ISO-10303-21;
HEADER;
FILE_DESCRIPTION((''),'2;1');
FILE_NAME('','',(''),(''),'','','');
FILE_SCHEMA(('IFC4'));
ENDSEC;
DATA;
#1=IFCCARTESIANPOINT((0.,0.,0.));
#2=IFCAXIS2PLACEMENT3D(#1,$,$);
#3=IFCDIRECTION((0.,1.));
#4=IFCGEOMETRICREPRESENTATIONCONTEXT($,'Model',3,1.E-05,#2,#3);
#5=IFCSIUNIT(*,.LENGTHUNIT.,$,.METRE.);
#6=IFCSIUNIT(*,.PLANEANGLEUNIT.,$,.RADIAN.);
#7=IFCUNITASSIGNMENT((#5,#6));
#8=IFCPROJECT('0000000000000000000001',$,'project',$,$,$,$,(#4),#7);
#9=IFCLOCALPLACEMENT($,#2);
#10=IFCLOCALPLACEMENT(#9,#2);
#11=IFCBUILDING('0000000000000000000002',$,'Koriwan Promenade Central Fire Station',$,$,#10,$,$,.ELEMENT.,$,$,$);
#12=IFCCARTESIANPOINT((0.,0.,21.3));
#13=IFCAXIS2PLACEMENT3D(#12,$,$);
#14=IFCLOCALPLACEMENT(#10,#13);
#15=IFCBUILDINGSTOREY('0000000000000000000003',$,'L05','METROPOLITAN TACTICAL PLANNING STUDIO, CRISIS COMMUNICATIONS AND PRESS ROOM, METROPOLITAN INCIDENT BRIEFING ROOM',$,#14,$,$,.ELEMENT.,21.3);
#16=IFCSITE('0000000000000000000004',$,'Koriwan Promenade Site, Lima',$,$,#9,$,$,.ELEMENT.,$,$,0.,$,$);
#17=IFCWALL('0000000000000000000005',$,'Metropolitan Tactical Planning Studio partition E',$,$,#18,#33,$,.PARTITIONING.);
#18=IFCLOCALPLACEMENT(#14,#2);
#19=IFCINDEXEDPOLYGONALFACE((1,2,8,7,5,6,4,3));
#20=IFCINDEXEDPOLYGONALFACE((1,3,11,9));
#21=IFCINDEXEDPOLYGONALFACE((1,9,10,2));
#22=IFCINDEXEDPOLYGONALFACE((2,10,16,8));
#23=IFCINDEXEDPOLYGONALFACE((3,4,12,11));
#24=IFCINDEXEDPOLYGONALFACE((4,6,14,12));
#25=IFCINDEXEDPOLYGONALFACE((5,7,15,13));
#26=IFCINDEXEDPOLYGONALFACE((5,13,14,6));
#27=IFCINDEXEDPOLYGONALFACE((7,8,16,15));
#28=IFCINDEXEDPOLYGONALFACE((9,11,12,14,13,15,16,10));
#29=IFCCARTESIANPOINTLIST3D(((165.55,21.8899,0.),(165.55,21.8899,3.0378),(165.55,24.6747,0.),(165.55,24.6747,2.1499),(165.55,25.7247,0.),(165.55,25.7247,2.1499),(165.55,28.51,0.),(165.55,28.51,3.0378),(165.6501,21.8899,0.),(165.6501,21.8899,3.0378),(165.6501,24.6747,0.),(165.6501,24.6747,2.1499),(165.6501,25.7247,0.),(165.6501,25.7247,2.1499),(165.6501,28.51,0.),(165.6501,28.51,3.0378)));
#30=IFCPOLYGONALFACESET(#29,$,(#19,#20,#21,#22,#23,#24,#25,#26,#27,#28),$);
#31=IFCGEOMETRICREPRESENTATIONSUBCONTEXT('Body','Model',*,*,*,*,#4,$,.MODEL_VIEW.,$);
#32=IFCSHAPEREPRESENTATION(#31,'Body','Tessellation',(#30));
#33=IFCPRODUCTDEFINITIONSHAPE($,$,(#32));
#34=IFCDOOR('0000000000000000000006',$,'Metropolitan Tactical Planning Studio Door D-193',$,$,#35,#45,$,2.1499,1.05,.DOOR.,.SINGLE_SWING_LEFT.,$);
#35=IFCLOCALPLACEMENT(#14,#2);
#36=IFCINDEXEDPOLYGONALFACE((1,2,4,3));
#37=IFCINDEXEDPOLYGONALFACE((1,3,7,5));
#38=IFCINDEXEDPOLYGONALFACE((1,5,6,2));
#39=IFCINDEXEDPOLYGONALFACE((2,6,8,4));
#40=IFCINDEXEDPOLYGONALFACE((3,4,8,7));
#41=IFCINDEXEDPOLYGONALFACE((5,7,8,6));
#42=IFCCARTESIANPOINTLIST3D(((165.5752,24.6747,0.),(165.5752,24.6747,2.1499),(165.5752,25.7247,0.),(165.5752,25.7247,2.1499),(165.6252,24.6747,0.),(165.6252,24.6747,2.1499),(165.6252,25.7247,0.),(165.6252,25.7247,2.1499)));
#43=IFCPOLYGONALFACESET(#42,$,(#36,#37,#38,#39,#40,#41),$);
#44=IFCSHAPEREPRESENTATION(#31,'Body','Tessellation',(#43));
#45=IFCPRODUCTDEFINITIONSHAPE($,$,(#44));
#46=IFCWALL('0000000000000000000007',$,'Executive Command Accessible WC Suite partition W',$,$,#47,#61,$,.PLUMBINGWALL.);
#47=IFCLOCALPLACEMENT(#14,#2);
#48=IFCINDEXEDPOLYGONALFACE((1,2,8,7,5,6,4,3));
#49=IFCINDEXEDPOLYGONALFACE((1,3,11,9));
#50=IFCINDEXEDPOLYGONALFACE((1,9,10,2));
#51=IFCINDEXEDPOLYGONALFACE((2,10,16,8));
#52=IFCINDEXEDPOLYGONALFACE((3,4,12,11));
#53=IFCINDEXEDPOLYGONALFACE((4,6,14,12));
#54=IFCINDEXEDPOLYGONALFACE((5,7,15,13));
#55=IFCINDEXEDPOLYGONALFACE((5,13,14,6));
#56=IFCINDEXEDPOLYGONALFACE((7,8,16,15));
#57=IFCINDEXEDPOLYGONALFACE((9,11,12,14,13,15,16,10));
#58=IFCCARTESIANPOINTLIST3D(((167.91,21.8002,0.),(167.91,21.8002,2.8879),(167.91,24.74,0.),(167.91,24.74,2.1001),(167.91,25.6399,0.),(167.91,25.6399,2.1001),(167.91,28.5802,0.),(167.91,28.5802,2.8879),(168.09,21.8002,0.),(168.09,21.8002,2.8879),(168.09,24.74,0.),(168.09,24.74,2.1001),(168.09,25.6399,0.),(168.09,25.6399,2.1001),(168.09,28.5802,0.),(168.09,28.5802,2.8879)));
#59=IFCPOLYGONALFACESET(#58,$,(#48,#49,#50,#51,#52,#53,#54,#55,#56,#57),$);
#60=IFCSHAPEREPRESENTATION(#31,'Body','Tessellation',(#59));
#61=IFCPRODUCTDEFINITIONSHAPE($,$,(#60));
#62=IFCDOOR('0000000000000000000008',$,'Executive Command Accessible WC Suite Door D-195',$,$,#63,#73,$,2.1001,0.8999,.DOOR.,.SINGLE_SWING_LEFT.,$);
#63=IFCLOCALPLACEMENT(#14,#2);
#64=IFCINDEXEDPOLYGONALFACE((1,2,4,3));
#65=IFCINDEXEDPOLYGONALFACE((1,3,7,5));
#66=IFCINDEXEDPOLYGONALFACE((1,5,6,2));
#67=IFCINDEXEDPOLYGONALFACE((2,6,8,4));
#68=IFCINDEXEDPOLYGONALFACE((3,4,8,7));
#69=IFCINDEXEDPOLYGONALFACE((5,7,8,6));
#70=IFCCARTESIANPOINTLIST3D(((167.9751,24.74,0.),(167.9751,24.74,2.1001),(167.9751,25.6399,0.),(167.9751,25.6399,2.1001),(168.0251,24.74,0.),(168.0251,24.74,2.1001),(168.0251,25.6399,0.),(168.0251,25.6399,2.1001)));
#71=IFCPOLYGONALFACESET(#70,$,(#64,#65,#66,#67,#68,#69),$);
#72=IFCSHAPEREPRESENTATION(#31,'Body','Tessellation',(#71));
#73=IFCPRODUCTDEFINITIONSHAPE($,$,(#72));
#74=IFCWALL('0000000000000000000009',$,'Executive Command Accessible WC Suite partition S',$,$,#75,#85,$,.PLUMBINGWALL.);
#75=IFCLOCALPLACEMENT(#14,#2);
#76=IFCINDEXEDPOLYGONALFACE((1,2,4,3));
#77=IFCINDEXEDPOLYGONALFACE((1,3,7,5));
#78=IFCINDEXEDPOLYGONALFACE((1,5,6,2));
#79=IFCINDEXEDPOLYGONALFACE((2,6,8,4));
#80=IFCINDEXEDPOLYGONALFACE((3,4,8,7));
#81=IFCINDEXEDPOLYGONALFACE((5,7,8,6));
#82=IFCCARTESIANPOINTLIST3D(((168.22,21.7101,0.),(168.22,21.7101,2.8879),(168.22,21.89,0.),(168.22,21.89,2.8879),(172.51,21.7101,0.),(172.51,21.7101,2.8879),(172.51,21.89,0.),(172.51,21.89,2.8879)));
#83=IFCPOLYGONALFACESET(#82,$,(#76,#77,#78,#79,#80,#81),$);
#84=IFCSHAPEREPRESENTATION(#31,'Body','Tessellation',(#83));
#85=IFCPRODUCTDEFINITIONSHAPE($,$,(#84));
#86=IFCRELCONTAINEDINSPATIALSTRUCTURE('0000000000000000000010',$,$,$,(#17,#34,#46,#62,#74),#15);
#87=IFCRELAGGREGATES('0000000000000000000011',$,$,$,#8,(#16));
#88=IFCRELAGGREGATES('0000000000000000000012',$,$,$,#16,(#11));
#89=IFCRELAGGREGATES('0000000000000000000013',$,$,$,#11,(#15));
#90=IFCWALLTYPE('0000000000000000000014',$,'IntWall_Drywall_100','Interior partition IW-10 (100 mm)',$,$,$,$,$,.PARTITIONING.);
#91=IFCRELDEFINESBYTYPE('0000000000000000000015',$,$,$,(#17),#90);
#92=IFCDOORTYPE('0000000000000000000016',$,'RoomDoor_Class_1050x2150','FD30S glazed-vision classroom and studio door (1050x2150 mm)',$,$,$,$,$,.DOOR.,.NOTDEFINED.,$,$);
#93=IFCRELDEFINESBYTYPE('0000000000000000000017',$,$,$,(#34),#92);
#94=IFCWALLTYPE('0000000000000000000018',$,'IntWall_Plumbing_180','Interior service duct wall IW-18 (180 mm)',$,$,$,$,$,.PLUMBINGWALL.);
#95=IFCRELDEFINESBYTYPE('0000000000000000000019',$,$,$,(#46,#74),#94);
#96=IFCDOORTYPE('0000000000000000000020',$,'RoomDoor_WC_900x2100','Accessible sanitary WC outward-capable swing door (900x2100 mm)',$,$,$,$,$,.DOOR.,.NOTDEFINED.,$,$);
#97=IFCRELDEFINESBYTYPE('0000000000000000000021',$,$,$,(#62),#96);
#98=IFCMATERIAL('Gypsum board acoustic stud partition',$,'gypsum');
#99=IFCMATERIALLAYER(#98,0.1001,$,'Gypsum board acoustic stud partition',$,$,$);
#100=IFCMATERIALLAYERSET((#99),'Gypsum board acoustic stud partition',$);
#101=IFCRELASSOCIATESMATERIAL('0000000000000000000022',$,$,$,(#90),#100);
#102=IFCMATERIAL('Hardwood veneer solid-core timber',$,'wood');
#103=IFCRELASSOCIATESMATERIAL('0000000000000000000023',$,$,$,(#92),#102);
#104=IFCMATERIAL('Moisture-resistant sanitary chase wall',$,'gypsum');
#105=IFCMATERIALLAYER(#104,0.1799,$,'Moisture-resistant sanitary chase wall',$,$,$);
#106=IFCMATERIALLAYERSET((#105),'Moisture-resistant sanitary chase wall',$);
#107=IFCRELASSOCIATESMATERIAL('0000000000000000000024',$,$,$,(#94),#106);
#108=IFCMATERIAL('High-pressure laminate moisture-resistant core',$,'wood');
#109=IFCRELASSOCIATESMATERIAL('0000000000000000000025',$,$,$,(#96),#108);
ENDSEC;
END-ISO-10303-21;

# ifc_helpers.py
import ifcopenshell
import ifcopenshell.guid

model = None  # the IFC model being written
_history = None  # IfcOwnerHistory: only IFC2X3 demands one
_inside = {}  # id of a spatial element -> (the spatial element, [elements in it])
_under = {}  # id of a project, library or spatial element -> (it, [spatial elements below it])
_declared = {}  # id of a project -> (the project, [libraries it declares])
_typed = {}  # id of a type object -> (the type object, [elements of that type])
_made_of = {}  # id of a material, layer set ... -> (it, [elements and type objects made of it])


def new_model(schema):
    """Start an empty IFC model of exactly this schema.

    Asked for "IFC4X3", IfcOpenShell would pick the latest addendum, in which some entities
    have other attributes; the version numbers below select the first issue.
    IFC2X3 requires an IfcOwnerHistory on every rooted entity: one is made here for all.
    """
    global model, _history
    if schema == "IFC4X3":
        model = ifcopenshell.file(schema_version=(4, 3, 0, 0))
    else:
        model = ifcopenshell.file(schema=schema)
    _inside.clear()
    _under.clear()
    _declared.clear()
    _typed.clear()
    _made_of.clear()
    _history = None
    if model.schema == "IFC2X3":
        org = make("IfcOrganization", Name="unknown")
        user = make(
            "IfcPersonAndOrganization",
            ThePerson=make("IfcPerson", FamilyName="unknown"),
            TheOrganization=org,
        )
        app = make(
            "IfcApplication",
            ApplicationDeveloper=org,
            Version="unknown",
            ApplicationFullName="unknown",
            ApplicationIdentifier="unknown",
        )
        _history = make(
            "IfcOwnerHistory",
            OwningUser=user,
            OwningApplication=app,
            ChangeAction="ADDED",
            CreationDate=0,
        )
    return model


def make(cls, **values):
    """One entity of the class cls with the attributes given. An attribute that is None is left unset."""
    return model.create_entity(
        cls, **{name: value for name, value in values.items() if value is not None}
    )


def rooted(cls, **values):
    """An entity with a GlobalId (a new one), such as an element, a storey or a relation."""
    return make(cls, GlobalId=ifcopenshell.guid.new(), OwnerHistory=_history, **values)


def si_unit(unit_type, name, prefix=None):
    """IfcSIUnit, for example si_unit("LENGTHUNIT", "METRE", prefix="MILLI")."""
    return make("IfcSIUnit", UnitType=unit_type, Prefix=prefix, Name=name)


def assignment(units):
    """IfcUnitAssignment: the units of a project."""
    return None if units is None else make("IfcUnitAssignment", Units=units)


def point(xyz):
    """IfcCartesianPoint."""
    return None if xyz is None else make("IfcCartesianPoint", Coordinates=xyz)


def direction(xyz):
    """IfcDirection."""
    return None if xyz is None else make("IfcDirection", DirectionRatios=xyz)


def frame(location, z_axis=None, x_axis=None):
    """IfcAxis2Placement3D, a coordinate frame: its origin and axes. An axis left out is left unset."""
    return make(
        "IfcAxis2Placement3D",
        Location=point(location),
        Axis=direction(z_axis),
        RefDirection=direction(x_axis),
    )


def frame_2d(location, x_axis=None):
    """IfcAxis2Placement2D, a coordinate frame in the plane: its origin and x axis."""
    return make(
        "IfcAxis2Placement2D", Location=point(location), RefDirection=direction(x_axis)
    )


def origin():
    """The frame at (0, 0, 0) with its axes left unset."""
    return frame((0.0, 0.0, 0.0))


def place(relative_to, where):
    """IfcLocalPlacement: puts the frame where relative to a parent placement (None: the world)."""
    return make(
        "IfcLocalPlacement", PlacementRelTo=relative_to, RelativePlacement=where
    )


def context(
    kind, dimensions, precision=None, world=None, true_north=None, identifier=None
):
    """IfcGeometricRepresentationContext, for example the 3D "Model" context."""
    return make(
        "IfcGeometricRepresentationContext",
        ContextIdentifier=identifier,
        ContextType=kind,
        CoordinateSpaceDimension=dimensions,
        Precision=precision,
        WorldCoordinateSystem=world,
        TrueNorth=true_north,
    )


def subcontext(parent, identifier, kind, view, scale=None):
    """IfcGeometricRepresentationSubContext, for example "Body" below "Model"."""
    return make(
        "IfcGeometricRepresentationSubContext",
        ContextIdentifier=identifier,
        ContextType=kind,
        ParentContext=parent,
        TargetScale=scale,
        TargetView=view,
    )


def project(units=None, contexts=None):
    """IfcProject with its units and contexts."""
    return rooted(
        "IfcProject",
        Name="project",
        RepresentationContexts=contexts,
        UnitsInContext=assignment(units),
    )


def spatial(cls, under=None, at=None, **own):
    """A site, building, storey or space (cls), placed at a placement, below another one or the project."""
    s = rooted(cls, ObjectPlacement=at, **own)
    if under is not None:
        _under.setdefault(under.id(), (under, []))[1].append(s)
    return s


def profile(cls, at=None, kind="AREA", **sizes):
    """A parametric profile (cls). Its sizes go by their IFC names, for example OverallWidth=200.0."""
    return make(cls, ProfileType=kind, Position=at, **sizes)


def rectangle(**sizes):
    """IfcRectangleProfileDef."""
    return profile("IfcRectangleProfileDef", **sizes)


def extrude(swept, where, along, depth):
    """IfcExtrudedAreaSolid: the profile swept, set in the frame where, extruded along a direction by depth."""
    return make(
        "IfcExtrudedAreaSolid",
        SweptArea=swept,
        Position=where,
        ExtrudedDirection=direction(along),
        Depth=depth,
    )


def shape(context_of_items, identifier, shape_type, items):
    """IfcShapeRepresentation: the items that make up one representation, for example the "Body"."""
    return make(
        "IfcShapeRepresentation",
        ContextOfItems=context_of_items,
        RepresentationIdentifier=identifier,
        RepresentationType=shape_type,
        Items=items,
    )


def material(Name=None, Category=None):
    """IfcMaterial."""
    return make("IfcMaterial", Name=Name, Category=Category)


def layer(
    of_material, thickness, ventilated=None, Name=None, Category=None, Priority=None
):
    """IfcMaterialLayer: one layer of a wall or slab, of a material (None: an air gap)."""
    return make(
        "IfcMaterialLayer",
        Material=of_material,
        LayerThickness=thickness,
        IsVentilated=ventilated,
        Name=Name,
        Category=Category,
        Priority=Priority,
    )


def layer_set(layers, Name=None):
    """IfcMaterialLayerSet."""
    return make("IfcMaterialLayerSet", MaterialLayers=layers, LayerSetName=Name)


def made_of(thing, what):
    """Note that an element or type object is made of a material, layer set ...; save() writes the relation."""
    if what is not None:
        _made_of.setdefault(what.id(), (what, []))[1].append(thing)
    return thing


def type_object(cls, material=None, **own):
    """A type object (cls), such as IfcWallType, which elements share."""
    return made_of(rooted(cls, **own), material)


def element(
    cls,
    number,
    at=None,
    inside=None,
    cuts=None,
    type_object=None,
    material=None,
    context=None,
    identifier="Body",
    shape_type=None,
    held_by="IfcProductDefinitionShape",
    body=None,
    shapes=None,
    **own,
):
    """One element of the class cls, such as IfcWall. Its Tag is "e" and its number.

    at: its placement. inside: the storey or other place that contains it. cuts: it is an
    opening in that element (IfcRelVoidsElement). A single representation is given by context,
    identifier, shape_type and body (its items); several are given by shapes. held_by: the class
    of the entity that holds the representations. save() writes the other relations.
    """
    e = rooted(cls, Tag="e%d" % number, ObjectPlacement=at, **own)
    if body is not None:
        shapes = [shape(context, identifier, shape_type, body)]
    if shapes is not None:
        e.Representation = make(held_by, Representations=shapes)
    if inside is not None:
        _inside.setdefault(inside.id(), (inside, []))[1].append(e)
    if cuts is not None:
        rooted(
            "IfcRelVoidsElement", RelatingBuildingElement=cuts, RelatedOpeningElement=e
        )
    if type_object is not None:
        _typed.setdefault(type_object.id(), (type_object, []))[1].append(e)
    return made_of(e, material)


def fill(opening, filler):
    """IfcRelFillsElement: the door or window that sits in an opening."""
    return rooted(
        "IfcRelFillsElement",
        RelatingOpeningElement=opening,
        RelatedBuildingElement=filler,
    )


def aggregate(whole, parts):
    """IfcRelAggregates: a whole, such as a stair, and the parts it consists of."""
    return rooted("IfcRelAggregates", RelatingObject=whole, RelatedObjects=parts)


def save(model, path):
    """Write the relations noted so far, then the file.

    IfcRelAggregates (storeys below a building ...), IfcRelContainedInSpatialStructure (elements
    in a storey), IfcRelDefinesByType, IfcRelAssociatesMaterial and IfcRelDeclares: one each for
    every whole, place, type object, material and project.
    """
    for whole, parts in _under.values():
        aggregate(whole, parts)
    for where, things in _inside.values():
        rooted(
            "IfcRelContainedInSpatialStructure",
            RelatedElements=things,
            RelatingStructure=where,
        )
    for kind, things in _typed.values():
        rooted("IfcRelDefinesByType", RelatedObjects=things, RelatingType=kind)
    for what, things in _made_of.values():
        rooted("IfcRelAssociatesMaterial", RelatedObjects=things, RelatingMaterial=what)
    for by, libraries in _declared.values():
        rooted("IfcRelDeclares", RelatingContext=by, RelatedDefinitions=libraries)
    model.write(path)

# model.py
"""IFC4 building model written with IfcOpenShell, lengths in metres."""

from ifc_helpers import new_model, si_unit, direction, frame, frame_2d, origin, place, context, subcontext, project, spatial, rectangle, extrude, material, layer, layer_set, type_object, element, fill, save


model = new_model("IFC4")

# Units and contexts
model_context = context("Model", 3, precision=1e-05, world=origin(), true_north=direction((0.0, 1.0)))
body_context = subcontext(model_context, "Body", "Model", "MODEL_VIEW")
ifc_project = project(units=[si_unit("LENGTHUNIT", "METRE"), si_unit("PLANEANGLEUNIT", "RADIAN")], contexts=[model_context])

# Site, building, storey
site_placement = place(None, origin())
site = spatial("IfcSite", under=ifc_project, at=site_placement, Name="Koriwan Promenade Site, Lima", CompositionType="ELEMENT", RefElevation=0.0)
building_placement = place(site_placement, origin())
building = spatial("IfcBuilding", under=site, at=building_placement, Name="Koriwan Promenade Central Fire Station", CompositionType="ELEMENT")
storey_placement = place(building_placement, frame((0.0, 0.0, 21.3)))
storey = spatial("IfcBuildingStorey", under=building, at=storey_placement, Name="L05", Description="METROPOLITAN TACTICAL PLANNING STUDIO, CRISIS COMMUNICATIONS AND PRESS ROOM, METROPOLITAN INCIDENT BRIEFING ROOM", CompositionType="ELEMENT", Elevation=21.3)

# Walls, openings, doors
ifc_material_1 = material(Name="Gypsum board acoustic stud partition", Category="gypsum")
ifc_layer_1 = layer(ifc_material_1, 0.1001, Name="Gypsum board acoustic stud partition")
ifc_layer_set_1 = layer_set([ifc_layer_1], Name="Gypsum board acoustic stud partition")
wall_type_1 = type_object("IfcWallType", Name="IntWall_Drywall_100", Description="Interior partition IW-10 (100 mm)", PredefinedType="PARTITIONING", material=ifc_layer_set_1)
wall_1_placement = place(storey_placement, frame((165.6001, 21.8899, 0.0), z_axis=(0.0, 0.0, 1.0), x_axis=(0.0, 1.0, 0.0)))
wall_1 = element("IfcWall", 1, at=wall_1_placement, inside=storey, type_object=wall_type_1, Name="Metropolitan Tactical Planning Studio partition E", PredefinedType="PARTITIONING", context=body_context, shape_type="SweptSolid", body=[
    extrude(rectangle(XDim=6.6201, YDim=0.1001, at=frame_2d((3.3101, 0.0))), origin(), (0.0, 0.0, 1.0), 3.0378),
])
opening_1_placement = place(wall_1_placement, frame((2.7849, 0.0, 0.0)))
opening_1 = element("IfcOpeningElement", 2, at=opening_1_placement, cuts=wall_1, PredefinedType="OPENING", context=body_context, shape_type="SweptSolid", body=[
    extrude(rectangle(XDim=1.05, YDim=2.1499, at=frame_2d((0.5249, 1.075))), frame((0.0, 0.062, 0.0), z_axis=(0.0, -1.0, 0.0), x_axis=(1.0, 0.0, 0.0)), (0.0, 0.0, 1.0), 0.124),
])
ifc_material_2 = material(Name="Hardwood veneer solid-core timber", Category="wood")
door_type_1 = type_object("IfcDoorType", Name="RoomDoor_Class_1050x2150", Description="FD30S glazed-vision classroom and studio door (1050x2150 mm)", OperationType="NOTDEFINED", PredefinedType="DOOR", material=ifc_material_2)
door_1_placement = place(opening_1_placement, origin())
door_1 = element("IfcDoor", 3, at=door_1_placement, inside=storey, type_object=door_type_1, Name="Metropolitan Tactical Planning Studio Door D-193", OperationType="SINGLE_SWING_LEFT", OverallHeight=2.1499, OverallWidth=1.05, PredefinedType="DOOR", context=body_context, shape_type="SweptSolid", body=[
    extrude(rectangle(XDim=1.05, YDim=2.1499, at=frame_2d((0.5249, 1.075))), frame((0.0, 0.0249, 0.0), z_axis=(0.0, -1.0, 0.0), x_axis=(1.0, 0.0, 0.0)), (0.0, 0.0, 1.0), 0.05),
])
fill(opening_1, door_1)
ifc_material_3 = material(Name="Moisture-resistant sanitary chase wall", Category="gypsum")
ifc_layer_2 = layer(ifc_material_3, 0.1799, Name="Moisture-resistant sanitary chase wall")
ifc_layer_set_2 = layer_set([ifc_layer_2], Name="Moisture-resistant sanitary chase wall")
wall_type_2 = type_object("IfcWallType", Name="IntWall_Plumbing_180", Description="Interior service duct wall IW-18 (180 mm)", PredefinedType="PLUMBINGWALL", material=ifc_layer_set_2)
wall_2_placement = place(storey_placement, frame((168.0, 21.8, 0.0), z_axis=(0.0, 0.0, 1.0), x_axis=(0.0, 1.0, 0.0)))
wall_2 = element("IfcWall", 4, at=wall_2_placement, inside=storey, type_object=wall_type_2, Name="Executive Command Accessible WC Suite partition W", PredefinedType="PLUMBINGWALL", context=body_context, shape_type="SweptSolid", body=[
    extrude(rectangle(XDim=6.78, YDim=0.1799, at=frame_2d((3.3901, 0.0))), origin(), (0.0, 0.0, 1.0), 2.8879),
])
opening_2_placement = place(wall_2_placement, frame((2.9399, 0.0, 0.0)))
opening_2 = element("IfcOpeningElement", 5, at=opening_2_placement, cuts=wall_2, PredefinedType="OPENING", context=body_context, shape_type="SweptSolid", body=[
    extrude(rectangle(XDim=0.8999, YDim=2.1001, at=frame_2d((0.45, 1.05))), frame((0.0, 0.1021, 0.0), z_axis=(0.0, -1.0, 0.0), x_axis=(1.0, 0.0, 0.0)), (0.0, 0.0, 1.0), 0.2039),
])
ifc_material_4 = material(Name="High-pressure laminate moisture-resistant core", Category="wood")
door_type_2 = type_object("IfcDoorType", Name="RoomDoor_WC_900x2100", Description="Accessible sanitary WC outward-capable swing door (900x2100 mm)", OperationType="NOTDEFINED", PredefinedType="DOOR", material=ifc_material_4)
door_2_placement = place(opening_2_placement, origin())
door_2 = element("IfcDoor", 6, at=door_2_placement, inside=storey, type_object=door_type_2, Name="Executive Command Accessible WC Suite Door D-195", OperationType="SINGLE_SWING_LEFT", OverallHeight=2.1001, OverallWidth=0.8999, PredefinedType="DOOR", context=body_context, shape_type="SweptSolid", body=[
    extrude(rectangle(XDim=0.8999, YDim=2.1001, at=frame_2d((0.45, 1.05))), frame((0.0, 0.0249, 0.0), z_axis=(0.0, -1.0, 0.0), x_axis=(1.0, 0.0, 0.0)), (0.0, 0.0, 1.0), 0.05),
])
fill(opening_2, door_2)

# Wall
wall_3_placement = place(storey_placement, frame((168.22, 21.8, 0.0), z_axis=(0.0, 0.0, 1.0), x_axis=(1.0, 0.0, 0.0)))
element("IfcWall", 7, at=wall_3_placement, inside=storey, type_object=wall_type_2, Name="Executive Command Accessible WC Suite partition S", PredefinedType="PLUMBINGWALL", context=body_context, shape_type="SweptSolid", body=[
    extrude(rectangle(XDim=4.29, YDim=0.1799, at=frame_2d((2.145, 0.0))), origin(), (0.0, 0.0, 1.0), 2.8879),
])

save(model, "model.ifc")
